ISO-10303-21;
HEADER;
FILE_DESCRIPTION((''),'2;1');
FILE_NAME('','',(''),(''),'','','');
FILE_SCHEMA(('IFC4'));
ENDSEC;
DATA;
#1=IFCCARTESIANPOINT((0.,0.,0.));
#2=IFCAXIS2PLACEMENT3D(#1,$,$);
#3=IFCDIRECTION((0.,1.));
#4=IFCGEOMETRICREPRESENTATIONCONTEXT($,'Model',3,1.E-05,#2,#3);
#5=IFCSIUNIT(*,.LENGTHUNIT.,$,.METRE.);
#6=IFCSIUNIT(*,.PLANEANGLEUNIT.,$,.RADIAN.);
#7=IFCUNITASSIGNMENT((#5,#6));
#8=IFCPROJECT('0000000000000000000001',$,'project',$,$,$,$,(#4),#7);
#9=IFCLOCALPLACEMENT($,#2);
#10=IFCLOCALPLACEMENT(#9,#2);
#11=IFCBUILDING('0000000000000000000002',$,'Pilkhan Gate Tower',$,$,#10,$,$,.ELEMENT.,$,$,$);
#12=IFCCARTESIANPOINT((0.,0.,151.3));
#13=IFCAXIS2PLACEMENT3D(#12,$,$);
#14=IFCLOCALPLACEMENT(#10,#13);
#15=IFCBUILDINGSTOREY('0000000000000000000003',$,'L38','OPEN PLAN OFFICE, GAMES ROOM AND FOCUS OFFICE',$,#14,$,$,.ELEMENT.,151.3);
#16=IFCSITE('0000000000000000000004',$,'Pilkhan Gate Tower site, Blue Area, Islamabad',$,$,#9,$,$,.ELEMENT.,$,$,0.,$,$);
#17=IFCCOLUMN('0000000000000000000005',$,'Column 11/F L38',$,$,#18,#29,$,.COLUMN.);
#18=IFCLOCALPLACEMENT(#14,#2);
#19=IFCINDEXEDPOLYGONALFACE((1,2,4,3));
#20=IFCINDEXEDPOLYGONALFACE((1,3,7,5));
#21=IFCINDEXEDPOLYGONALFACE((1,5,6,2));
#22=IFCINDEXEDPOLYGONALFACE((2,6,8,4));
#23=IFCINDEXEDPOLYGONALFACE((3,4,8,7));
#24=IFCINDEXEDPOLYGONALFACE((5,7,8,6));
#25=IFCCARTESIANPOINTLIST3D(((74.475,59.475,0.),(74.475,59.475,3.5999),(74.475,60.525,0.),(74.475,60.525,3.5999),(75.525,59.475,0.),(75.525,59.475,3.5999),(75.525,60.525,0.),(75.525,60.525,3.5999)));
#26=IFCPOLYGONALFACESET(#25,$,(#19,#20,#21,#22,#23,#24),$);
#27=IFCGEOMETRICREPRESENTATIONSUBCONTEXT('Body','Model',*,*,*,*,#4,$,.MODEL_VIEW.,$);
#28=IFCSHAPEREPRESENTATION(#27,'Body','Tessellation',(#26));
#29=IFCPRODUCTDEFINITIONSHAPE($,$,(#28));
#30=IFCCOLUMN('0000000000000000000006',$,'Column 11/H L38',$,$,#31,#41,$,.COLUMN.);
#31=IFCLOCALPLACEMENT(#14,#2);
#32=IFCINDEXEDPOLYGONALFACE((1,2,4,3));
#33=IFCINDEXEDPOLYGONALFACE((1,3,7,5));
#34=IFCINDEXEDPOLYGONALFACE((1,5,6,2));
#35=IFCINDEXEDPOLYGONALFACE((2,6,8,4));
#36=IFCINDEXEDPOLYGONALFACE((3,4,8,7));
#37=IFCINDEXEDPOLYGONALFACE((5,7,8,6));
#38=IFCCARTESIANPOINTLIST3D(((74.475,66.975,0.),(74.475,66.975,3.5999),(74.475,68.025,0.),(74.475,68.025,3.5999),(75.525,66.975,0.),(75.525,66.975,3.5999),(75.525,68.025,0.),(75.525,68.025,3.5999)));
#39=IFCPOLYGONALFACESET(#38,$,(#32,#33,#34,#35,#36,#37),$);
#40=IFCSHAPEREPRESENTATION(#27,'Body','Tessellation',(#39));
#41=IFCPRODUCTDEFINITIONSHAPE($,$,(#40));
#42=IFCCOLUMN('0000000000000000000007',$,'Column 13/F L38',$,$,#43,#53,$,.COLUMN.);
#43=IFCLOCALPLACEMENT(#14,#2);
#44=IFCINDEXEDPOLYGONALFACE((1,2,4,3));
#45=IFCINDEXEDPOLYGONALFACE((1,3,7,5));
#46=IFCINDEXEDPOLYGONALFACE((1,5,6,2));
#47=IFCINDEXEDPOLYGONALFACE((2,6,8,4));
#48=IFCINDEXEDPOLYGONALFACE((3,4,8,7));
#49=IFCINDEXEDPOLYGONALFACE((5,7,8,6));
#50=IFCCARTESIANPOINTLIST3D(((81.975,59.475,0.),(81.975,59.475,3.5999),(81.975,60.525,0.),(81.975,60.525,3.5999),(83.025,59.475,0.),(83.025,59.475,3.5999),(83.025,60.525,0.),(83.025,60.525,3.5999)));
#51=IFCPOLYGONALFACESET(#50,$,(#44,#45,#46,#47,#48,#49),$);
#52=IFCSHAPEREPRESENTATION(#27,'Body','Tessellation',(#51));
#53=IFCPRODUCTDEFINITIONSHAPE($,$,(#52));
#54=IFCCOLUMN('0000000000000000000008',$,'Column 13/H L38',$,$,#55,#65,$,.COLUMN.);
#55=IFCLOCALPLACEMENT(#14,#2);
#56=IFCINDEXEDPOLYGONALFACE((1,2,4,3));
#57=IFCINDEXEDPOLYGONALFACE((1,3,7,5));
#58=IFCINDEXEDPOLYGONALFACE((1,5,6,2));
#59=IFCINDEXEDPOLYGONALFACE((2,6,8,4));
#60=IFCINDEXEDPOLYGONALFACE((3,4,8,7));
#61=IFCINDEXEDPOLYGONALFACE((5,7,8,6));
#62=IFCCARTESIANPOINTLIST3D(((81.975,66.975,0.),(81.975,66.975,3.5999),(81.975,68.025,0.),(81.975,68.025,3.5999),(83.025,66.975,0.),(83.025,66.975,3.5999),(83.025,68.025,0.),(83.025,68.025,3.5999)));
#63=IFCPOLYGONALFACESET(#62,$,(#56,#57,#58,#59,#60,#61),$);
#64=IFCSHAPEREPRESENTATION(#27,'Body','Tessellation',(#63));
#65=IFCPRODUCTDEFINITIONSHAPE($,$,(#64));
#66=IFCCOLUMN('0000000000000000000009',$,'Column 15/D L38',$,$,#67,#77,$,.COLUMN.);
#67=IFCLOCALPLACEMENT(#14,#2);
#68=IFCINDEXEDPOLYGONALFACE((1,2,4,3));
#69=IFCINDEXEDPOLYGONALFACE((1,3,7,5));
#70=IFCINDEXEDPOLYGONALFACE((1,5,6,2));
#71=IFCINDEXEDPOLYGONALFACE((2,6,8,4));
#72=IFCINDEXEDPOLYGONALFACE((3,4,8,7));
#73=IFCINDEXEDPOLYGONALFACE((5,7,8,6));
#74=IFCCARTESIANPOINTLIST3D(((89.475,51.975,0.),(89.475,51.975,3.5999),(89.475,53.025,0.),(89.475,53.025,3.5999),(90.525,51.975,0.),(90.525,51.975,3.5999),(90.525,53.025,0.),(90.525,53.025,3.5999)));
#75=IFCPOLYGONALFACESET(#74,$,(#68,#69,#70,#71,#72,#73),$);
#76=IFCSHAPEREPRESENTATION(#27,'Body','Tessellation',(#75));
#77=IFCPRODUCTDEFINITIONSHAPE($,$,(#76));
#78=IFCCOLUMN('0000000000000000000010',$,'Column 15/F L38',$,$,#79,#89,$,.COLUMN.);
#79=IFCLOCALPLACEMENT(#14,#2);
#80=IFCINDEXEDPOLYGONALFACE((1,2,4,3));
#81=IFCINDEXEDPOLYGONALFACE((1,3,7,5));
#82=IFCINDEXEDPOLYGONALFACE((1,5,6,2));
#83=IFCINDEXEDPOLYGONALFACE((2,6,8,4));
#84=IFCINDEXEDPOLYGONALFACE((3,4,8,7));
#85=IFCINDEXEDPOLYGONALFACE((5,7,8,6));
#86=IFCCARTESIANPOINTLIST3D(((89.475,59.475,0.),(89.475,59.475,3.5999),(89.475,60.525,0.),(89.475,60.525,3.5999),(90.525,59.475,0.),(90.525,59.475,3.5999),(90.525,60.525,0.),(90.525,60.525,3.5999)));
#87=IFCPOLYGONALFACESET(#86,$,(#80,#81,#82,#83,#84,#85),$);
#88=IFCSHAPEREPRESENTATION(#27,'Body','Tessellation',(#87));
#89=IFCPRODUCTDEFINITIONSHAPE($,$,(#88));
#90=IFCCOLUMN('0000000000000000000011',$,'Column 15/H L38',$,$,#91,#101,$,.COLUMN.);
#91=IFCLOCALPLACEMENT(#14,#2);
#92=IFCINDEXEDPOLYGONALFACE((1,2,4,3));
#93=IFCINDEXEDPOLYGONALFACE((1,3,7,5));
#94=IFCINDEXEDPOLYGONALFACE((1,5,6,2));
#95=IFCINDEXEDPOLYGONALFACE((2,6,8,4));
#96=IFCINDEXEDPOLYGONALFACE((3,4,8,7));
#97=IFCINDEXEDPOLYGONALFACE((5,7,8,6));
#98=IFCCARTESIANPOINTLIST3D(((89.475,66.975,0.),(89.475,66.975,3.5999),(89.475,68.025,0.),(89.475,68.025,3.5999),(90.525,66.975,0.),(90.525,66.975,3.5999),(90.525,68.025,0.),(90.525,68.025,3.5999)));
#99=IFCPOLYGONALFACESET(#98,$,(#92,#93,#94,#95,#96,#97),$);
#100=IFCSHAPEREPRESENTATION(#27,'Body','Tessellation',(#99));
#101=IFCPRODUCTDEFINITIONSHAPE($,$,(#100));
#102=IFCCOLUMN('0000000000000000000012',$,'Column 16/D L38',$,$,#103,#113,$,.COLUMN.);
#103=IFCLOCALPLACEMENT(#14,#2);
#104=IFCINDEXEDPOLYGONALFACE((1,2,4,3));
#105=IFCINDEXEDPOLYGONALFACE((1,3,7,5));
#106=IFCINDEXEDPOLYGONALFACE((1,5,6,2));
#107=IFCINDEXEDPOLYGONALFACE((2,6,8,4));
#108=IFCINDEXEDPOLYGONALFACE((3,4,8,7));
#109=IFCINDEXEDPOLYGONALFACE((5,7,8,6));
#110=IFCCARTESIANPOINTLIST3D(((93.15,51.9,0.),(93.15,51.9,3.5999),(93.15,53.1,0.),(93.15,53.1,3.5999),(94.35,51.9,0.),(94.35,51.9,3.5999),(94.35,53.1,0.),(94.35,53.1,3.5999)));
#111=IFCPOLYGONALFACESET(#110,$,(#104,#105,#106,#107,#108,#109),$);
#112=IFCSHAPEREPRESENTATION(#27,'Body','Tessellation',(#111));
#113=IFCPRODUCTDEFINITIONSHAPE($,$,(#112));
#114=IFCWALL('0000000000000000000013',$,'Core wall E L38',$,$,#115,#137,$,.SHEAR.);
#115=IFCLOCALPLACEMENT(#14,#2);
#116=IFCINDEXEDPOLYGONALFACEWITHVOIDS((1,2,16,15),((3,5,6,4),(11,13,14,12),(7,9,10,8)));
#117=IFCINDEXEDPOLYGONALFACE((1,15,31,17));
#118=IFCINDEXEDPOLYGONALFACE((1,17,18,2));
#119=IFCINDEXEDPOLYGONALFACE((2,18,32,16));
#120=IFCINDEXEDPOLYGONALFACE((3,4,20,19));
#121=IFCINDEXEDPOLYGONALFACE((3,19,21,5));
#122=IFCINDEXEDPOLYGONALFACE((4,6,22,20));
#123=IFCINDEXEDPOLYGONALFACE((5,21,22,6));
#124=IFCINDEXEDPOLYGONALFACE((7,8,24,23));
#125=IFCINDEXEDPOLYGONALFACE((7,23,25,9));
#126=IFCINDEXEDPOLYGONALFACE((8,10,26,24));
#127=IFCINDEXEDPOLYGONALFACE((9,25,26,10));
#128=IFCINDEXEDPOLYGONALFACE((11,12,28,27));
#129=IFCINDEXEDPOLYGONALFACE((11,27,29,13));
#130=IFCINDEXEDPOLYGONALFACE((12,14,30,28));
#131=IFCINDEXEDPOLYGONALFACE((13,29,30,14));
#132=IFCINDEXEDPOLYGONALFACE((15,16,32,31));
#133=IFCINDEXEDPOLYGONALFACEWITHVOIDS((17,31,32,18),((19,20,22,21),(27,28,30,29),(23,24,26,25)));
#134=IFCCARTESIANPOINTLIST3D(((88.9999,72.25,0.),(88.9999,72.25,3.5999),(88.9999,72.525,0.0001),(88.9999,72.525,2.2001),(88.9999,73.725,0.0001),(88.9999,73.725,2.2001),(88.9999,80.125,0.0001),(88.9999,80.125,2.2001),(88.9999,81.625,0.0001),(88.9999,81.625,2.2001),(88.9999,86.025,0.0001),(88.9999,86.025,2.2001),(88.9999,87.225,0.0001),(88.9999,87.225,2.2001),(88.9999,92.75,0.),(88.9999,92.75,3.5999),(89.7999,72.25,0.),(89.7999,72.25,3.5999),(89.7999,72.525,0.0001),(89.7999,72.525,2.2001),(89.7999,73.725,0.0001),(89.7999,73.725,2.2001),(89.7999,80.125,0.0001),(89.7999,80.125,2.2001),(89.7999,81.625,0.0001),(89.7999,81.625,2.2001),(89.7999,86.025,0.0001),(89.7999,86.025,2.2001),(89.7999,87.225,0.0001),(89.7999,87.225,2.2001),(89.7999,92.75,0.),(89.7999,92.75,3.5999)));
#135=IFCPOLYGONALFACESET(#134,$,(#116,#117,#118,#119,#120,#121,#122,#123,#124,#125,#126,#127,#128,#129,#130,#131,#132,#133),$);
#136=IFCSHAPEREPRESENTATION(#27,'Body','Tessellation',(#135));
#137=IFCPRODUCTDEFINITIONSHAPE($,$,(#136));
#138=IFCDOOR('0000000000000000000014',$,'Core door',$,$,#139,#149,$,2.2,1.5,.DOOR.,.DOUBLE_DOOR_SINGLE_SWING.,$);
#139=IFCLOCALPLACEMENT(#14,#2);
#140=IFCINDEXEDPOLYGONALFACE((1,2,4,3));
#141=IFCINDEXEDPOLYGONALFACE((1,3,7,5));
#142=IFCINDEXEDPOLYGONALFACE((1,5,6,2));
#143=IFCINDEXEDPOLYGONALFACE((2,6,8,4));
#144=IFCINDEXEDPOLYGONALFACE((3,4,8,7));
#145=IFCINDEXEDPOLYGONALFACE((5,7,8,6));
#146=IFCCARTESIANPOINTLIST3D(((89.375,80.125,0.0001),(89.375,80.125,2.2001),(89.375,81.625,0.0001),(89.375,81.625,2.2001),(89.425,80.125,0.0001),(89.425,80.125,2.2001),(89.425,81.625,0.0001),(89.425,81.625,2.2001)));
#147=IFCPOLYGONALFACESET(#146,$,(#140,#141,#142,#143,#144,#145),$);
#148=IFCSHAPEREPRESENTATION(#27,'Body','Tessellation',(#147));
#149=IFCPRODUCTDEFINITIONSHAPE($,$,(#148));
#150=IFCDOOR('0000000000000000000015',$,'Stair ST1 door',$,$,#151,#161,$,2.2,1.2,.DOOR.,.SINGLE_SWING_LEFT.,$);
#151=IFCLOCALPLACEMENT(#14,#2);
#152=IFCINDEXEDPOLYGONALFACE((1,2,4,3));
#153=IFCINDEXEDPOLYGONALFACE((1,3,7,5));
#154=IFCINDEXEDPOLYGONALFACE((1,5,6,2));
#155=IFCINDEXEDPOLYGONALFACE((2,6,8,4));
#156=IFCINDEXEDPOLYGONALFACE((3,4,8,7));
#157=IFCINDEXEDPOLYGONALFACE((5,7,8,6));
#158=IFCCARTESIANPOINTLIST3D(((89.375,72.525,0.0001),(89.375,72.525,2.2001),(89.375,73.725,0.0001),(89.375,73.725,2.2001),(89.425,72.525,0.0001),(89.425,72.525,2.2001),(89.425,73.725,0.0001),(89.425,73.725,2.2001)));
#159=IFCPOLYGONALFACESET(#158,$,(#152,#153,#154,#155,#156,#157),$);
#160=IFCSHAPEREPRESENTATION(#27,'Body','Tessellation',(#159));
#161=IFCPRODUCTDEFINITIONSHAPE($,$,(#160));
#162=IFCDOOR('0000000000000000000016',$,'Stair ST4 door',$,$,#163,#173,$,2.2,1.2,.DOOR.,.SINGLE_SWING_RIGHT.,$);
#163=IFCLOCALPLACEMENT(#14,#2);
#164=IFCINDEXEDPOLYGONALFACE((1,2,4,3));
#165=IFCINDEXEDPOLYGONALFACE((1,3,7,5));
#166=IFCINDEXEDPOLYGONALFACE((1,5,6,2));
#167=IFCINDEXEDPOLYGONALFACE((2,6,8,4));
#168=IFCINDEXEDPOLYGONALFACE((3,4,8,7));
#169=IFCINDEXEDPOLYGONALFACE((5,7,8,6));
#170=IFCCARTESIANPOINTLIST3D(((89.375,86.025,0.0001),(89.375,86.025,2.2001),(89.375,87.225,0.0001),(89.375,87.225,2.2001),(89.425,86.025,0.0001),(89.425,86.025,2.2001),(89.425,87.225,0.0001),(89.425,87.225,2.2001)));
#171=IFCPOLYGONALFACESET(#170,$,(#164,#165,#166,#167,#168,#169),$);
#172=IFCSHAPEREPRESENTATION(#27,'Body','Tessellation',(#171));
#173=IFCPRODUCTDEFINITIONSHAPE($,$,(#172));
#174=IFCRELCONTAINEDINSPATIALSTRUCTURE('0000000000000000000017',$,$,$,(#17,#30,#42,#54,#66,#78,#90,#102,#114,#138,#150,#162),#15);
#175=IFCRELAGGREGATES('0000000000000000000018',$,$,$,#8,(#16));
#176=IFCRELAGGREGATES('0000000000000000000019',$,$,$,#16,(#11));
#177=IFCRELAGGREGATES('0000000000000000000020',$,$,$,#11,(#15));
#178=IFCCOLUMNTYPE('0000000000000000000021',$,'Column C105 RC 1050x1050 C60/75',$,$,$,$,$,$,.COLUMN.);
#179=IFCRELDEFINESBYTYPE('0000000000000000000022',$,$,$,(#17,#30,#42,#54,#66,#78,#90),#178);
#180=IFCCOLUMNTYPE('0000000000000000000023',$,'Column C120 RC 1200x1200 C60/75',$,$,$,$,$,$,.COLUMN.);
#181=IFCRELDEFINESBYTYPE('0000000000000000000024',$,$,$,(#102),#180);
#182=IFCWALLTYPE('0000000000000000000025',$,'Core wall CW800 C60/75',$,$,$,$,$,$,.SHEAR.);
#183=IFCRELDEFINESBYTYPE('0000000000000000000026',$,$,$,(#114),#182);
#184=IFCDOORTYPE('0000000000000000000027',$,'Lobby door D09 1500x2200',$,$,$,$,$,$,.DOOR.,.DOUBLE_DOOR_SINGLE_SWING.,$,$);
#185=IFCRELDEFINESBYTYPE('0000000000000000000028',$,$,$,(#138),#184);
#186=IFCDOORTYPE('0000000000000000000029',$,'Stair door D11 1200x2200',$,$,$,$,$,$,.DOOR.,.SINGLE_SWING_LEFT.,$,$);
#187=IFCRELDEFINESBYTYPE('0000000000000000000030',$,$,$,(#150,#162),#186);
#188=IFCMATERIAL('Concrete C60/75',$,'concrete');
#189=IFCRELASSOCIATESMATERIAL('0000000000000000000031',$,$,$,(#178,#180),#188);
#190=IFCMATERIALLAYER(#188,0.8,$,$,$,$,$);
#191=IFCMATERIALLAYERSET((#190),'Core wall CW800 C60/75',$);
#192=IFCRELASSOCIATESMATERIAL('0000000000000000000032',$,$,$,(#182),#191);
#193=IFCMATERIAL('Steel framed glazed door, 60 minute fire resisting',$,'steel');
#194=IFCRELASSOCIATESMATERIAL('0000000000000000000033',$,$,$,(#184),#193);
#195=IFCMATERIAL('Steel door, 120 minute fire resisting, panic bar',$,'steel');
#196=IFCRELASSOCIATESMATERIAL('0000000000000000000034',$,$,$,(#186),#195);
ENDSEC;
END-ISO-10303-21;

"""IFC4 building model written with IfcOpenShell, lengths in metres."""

from ifc_helpers import new_model, si_unit, direction, frame, frame_2d, origin, origin_2d, place, context, subcontext, project, spatial, rectangle, extrude, material, layer, layer_set, material_profile, profile_set, type_object, element, fill, save


model = new_model("IFC4")

# Units and contexts
model_context = context("Model", 3, precision=1e-05, world=origin(), true_north=direction((0.0, 1.0)))
body_context = subcontext(model_context, "Body", "Model", "MODEL_VIEW")
ifc_project = project(units=[si_unit("LENGTHUNIT", "METRE"), si_unit("PLANEANGLEUNIT", "RADIAN")], contexts=[model_context])

# Site, building, storey
site_placement = place(None, origin())
site = spatial("IfcSite", under=ifc_project, at=site_placement, Name="Pilkhan Gate Tower site, Blue Area, Islamabad", CompositionType="ELEMENT", RefElevation=0.0)
building_placement = place(site_placement, origin())
building = spatial("IfcBuilding", under=site, at=building_placement, Name="Pilkhan Gate Tower", CompositionType="ELEMENT")
storey_placement = place(building_placement, frame((0.0, 0.0, 151.3)))
storey = spatial("IfcBuildingStorey", under=building, at=storey_placement, Name="L38", Description="OPEN PLAN OFFICE, GAMES ROOM AND FOCUS OFFICE", CompositionType="ELEMENT", Elevation=151.3)

# Columns
ifc_material_1 = material(Name="Concrete C60/75", Category="concrete")
ifc_material_profile_1 = material_profile(ifc_material_1, rectangle(XDim=1.05, YDim=1.05, at=origin_2d()), Name="RC 1050x1050")
ifc_profile_set_1 = profile_set([ifc_material_profile_1], Name="Concrete C60/75")
column_type_1 = type_object("IfcColumnType", Name="Column C105 RC 1050x1050 C60/75", PredefinedType="COLUMN", material=ifc_profile_set_1)
for number, where, z_axis, x_axis, name in (
    (1, (75.0, 60.0, 0.0), (0.0, 0.0, 1.0), (1.0, 0.0, 0.0), "Column 11/F L38"),
    (2, (75.0, 67.5, 0.0), (0.0, 0.0, 1.0), (1.0, 0.0, 0.0), "Column 11/H L38"),
    (3, (82.5, 60.0, 0.0), (0.0, 0.0, 1.0), (1.0, 0.0, 0.0), "Column 13/F L38"),
    (4, (82.5, 67.5, 0.0), (0.0, 0.0, 1.0), (1.0, 0.0, 0.0), "Column 13/H L38"),
    (5, (90.0, 52.5, 0.0), (0.0, 0.0, 1.0), (1.0, 0.0, 0.0), "Column 15/D L38"),
    (6, (90.0, 60.0, 0.0), (0.0, 0.0, 1.0), (1.0, 0.0, 0.0), "Column 15/F L38"),
    (7, (90.0, 67.5, 0.0), (0.0, 0.0, 1.0), (1.0, 0.0, 0.0), "Column 15/H L38"),
):
    element("IfcColumn", number, at=place(storey_placement, frame(where, z_axis=z_axis, x_axis=x_axis)), inside=storey, type_object=column_type_1, Name=name, PredefinedType="COLUMN", context=body_context, shape_type="SweptSolid", body=[
        extrude(rectangle(XDim=1.05, YDim=1.05, at=origin_2d()), origin(), (0.0, 0.0, 1.0), 3.5999),
    ])
ifc_material_profile_2 = material_profile(ifc_material_1, rectangle(XDim=1.2, YDim=1.2, at=origin_2d()), Name="RC 1200x1200")
ifc_profile_set_2 = profile_set([ifc_material_profile_2], Name="Concrete C60/75")
column_type_2 = type_object("IfcColumnType", Name="Column C120 RC 1200x1200 C60/75", PredefinedType="COLUMN", material=ifc_profile_set_2)
column_placement = place(storey_placement, frame((93.75, 52.5, 0.0), z_axis=(0.0, 0.0, 1.0), x_axis=(1.0, 0.0, 0.0)))
element("IfcColumn", 8, at=column_placement, inside=storey, type_object=column_type_2, Name="Column 16/D L38", PredefinedType="COLUMN", context=body_context, shape_type="SweptSolid", body=[
    extrude(rectangle(XDim=1.2, YDim=1.2, at=origin_2d()), origin(), (0.0, 0.0, 1.0), 3.5999),
])

# Wall, openings, doors
ifc_layer_1 = layer(ifc_material_1, 0.8)
ifc_layer_set_1 = layer_set([ifc_layer_1], Name="Core wall CW800 C60/75")
wall_type_1 = type_object("IfcWallType", Name="Core wall CW800 C60/75", PredefinedType="SHEAR", material=ifc_layer_set_1)
wall_1_placement = place(storey_placement, frame((89.3999, 72.25, 0.0), z_axis=(0.0, 0.0, 1.0), x_axis=(0.0, 1.0, 0.0)))
wall_1 = element("IfcWall", 9, at=wall_1_placement, inside=storey, type_object=wall_type_1, Name="Core wall E L38", PredefinedType="SHEAR", context=body_context, shape_type="SweptSolid", body=[
    extrude(rectangle(XDim=20.5, YDim=0.8, at=frame_2d((10.25, 0.0))), origin(), (0.0, 0.0, 1.0), 3.5999),
])
opening_1_placement = place(wall_1_placement, frame((0.2749, 0.0, 0.0)))
opening_1 = element("IfcOpeningElement", 10, at=opening_1_placement, cuts=wall_1, PredefinedType="OPENING", context=body_context, shape_type="SweptSolid", body=[
    extrude(rectangle(XDim=1.2, YDim=2.2, at=frame_2d((0.6001, 1.1001))), frame((0.0, 0.4099, 0.0), z_axis=(0.0, -1.0, 0.0), x_axis=(1.0, 0.0, 0.0)), (0.0, 0.0, 1.0), 0.8201),
])
opening_2_placement = place(wall_1_placement, frame((13.7749, 0.0, 0.0)))
opening_2 = element("IfcOpeningElement", 11, at=opening_2_placement, cuts=wall_1, PredefinedType="OPENING", context=body_context, shape_type="SweptSolid", body=[
    extrude(rectangle(XDim=1.2, YDim=2.2, at=frame_2d((0.6001, 1.1001))), frame((0.0, 0.4099, 0.0), z_axis=(0.0, -1.0, 0.0), x_axis=(1.0, 0.0, 0.0)), (0.0, 0.0, 1.0), 0.8201),
])
opening_3_placement = place(wall_1_placement, frame((7.875, 0.0, 0.0)))
opening_3 = element("IfcOpeningElement", 12, at=opening_3_placement, cuts=wall_1, PredefinedType="OPENING", context=body_context, shape_type="SweptSolid", body=[
    extrude(rectangle(XDim=1.5, YDim=2.2, at=frame_2d((0.75, 1.1001))), frame((0.0, 0.4099, 0.0), z_axis=(0.0, -1.0, 0.0), x_axis=(1.0, 0.0, 0.0)), (0.0, 0.0, 1.0), 0.8201),
])
ifc_material_2 = material(Name="Steel framed glazed door, 60 minute fire resisting", Category="steel")
door_type_1 = type_object("IfcDoorType", Name="Lobby door D09 1500x2200", OperationType="DOUBLE_DOOR_SINGLE_SWING", PredefinedType="DOOR", material=ifc_material_2)
door_1_placement = place(opening_3_placement, origin())
door_1 = element("IfcDoor", 13, at=door_1_placement, inside=storey, type_object=door_type_1, Name="Core door", OperationType="DOUBLE_DOOR_SINGLE_SWING", OverallHeight=2.2, OverallWidth=1.5, PredefinedType="DOOR", context=body_context, shape_type="SweptSolid", body=[
    extrude(rectangle(XDim=1.5, YDim=2.2, at=frame_2d((0.75, 1.1001))), frame((0.0, 0.0249, 0.0), z_axis=(0.0, -1.0, 0.0), x_axis=(1.0, 0.0, 0.0)), (0.0, 0.0, 1.0), 0.05),
])
fill(opening_3, door_1)
ifc_material_3 = material(Name="Steel door, 120 minute fire resisting, panic bar", Category="steel")
door_type_2 = type_object("IfcDoorType", Name="Stair door D11 1200x2200", OperationType="SINGLE_SWING_LEFT", PredefinedType="DOOR", material=ifc_material_3)
door_2_placement = place(opening_1_placement, origin())
door_2 = element("IfcDoor", 14, at=door_2_placement, inside=storey, type_object=door_type_2, Name="Stair ST1 door", OperationType="SINGLE_SWING_LEFT", OverallHeight=2.2, OverallWidth=1.2, PredefinedType="DOOR", context=body_context, shape_type="SweptSolid", body=[
    extrude(rectangle(XDim=1.2, YDim=2.2, at=frame_2d((0.6001, 1.1001))), frame((0.0, 0.0249, 0.0), z_axis=(0.0, -1.0, 0.0), x_axis=(1.0, 0.0, 0.0)), (0.0, 0.0, 1.0), 0.05),
])
fill(opening_1, door_2)
door_3_placement = place(opening_2_placement, origin())
door_3 = element("IfcDoor", 15, at=door_3_placement, inside=storey, type_object=door_type_2, Name="Stair ST4 door", OperationType="SINGLE_SWING_RIGHT", OverallHeight=2.2, OverallWidth=1.2, PredefinedType="DOOR", context=body_context, shape_type="SweptSolid", body=[
    extrude(rectangle(XDim=1.2, YDim=2.2, at=frame_2d((0.6001, 1.1001))), frame((0.0, 0.0249, 0.0), z_axis=(0.0, -1.0, 0.0), x_axis=(1.0, 0.0, 0.0)), (0.0, 0.0, 1.0), 0.05),
])
fill(opening_2, door_3)

save(model, "model.ifc")
